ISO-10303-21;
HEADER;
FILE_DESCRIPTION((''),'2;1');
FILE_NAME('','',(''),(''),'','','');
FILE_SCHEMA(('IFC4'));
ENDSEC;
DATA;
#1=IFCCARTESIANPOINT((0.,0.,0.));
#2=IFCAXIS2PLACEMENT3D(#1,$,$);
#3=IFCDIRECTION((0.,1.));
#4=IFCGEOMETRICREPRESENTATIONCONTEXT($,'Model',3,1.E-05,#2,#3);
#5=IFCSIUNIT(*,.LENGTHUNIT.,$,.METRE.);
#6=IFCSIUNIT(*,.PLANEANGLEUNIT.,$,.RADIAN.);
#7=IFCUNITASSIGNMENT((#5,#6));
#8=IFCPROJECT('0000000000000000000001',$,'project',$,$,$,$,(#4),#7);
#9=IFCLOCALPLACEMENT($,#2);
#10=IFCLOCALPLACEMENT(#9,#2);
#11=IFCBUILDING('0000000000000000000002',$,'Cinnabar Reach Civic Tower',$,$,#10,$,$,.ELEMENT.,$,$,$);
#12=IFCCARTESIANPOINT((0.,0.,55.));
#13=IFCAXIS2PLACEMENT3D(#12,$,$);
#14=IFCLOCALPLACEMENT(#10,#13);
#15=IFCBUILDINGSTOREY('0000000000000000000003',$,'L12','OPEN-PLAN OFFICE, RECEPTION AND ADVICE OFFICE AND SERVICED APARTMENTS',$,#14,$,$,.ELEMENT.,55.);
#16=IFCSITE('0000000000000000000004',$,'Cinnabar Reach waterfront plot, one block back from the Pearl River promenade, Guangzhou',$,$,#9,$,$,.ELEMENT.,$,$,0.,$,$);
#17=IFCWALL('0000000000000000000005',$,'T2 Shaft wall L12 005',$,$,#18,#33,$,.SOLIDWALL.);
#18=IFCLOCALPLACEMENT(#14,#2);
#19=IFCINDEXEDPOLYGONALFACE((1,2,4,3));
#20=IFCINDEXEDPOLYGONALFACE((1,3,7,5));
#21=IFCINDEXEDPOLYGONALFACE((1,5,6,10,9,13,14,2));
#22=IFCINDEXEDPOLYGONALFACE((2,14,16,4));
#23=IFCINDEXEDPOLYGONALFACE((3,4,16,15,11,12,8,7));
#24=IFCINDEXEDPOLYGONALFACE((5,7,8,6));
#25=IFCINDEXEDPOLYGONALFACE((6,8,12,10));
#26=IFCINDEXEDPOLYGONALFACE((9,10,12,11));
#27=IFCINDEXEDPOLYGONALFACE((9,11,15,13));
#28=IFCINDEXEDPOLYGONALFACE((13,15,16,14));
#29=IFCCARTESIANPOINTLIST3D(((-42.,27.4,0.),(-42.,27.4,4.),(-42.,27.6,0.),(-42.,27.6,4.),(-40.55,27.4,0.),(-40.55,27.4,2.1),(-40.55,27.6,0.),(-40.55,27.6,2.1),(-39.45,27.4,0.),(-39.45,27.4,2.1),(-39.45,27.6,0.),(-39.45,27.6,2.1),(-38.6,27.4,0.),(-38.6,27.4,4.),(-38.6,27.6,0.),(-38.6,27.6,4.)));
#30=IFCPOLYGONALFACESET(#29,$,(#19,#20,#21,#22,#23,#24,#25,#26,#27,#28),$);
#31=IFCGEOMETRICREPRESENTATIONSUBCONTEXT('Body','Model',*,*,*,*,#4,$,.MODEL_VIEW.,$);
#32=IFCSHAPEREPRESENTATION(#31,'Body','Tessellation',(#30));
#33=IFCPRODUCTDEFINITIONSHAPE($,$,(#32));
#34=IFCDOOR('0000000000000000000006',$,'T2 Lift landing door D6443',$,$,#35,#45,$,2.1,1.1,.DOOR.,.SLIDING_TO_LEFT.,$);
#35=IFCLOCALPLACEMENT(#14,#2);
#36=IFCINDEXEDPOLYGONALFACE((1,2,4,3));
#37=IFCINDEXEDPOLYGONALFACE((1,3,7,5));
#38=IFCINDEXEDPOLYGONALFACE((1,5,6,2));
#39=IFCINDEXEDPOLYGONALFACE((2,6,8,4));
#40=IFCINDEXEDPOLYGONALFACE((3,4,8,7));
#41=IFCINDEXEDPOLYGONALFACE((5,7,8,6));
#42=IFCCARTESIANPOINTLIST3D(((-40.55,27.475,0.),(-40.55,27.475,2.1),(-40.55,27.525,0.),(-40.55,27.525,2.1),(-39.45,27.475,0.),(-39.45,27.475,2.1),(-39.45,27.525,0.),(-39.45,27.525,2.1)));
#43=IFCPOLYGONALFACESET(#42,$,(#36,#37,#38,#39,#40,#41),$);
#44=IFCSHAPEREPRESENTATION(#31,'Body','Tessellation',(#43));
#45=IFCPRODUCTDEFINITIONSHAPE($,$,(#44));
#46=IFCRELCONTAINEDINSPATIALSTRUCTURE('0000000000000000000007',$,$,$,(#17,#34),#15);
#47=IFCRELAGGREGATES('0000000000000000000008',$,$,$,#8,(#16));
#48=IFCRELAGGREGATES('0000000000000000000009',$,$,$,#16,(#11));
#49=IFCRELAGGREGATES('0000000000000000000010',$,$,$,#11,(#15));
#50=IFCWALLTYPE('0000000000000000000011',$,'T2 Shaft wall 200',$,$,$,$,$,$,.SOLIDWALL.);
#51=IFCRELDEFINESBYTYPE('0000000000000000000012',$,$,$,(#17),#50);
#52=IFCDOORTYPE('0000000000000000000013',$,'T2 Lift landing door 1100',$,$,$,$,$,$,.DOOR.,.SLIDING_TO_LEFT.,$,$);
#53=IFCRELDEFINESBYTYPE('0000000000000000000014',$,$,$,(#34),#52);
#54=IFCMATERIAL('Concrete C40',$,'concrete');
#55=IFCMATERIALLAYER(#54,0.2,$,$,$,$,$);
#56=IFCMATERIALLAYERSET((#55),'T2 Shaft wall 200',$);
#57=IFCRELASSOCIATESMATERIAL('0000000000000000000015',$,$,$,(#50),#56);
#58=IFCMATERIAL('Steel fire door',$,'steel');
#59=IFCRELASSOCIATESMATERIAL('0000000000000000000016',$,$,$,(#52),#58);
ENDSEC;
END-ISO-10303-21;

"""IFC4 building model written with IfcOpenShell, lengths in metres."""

from ifc_helpers import new_model, si_unit, direction, frame, frame_2d, origin, place, context, subcontext, project, spatial, rectangle, extrude, material, layer, layer_set, type_object, element, fill, save


model = new_model("IFC4")

# Units and contexts
model_context = context("Model", 3, precision=1e-05, world=origin(), true_north=direction((0.0, 1.0)))
body_context = subcontext(model_context, "Body", "Model", "MODEL_VIEW")
ifc_project = project(units=[si_unit("LENGTHUNIT", "METRE"), si_unit("PLANEANGLEUNIT", "RADIAN")], contexts=[model_context])

# Site, building, storey
site_placement = place(None, origin())
site = spatial("IfcSite", under=ifc_project, at=site_placement, Name="Cinnabar Reach waterfront plot, one block back from the Pearl River promenade, Guangzhou", CompositionType="ELEMENT", RefElevation=0.0)
building_placement = place(site_placement, origin())
building = spatial("IfcBuilding", under=site, at=building_placement, Name="Cinnabar Reach Civic Tower", CompositionType="ELEMENT")
storey_placement = place(building_placement, frame((0.0, 0.0, 55.0)))
storey = spatial("IfcBuildingStorey", under=building, at=storey_placement, Name="L12", Description="OPEN-PLAN OFFICE, RECEPTION AND ADVICE OFFICE AND SERVICED APARTMENTS", CompositionType="ELEMENT", Elevation=55.0)

# Wall, opening, door
ifc_material_1 = material(Name="Concrete C40", Category="concrete")
ifc_layer_1 = layer(ifc_material_1, 0.2)
ifc_layer_set_1 = layer_set([ifc_layer_1], Name="T2 Shaft wall 200")
wall_type_1 = type_object("IfcWallType", Name="T2 Shaft wall 200", PredefinedType="SOLIDWALL", material=ifc_layer_set_1)
wall_1_placement = place(storey_placement, frame((-42.0, 27.5, 0.0), z_axis=(0.0, 0.0, 1.0), x_axis=(1.0, 0.0, 0.0)))
wall_1 = element("IfcWall", 1, at=wall_1_placement, inside=storey, type_object=wall_type_1, Name="T2 Shaft wall L12 005", PredefinedType="SOLIDWALL", context=body_context, shape_type="SweptSolid", body=[
    extrude(rectangle(XDim=3.4, YDim=0.2, at=frame_2d((1.7, 0.0))), origin(), (0.0, 0.0, 1.0), 4.0),
])
opening_1_placement = place(wall_1_placement, frame((1.45, 0.0, 0.0)))
opening_1 = element("IfcOpeningElement", 2, at=opening_1_placement, cuts=wall_1, PredefinedType="OPENING", context=body_context, shape_type="SweptSolid", body=[
    extrude(rectangle(XDim=1.1, YDim=2.1, at=frame_2d((0.55, 1.05))), frame((0.0, 0.11, 0.0), z_axis=(0.0, -1.0, 0.0), x_axis=(1.0, 0.0, 0.0)), (0.0, 0.0, 1.0), 0.22),
])
ifc_material_2 = material(Name="Steel fire door", Category="steel")
door_type_1 = type_object("IfcDoorType", Name="T2 Lift landing door 1100", OperationType="SLIDING_TO_LEFT", PredefinedType="DOOR", material=ifc_material_2)
door_1_placement = place(opening_1_placement, origin())
door_1 = element("IfcDoor", 3, at=door_1_placement, inside=storey, type_object=door_type_1, Name="T2 Lift landing door D6443", OperationType="SLIDING_TO_LEFT", OverallHeight=2.1, OverallWidth=1.1, PredefinedType="DOOR", context=body_context, shape_type="SweptSolid", body=[
    extrude(rectangle(XDim=1.1, YDim=2.1, at=frame_2d((0.55, 1.05))), frame((0.0, 0.025, 0.0), z_axis=(0.0, -1.0, 0.0), x_axis=(1.0, 0.0, 0.0)), (0.0, 0.0, 1.0), 0.05),
])
fill(opening_1, door_1)

save(model, "model.ifc")
